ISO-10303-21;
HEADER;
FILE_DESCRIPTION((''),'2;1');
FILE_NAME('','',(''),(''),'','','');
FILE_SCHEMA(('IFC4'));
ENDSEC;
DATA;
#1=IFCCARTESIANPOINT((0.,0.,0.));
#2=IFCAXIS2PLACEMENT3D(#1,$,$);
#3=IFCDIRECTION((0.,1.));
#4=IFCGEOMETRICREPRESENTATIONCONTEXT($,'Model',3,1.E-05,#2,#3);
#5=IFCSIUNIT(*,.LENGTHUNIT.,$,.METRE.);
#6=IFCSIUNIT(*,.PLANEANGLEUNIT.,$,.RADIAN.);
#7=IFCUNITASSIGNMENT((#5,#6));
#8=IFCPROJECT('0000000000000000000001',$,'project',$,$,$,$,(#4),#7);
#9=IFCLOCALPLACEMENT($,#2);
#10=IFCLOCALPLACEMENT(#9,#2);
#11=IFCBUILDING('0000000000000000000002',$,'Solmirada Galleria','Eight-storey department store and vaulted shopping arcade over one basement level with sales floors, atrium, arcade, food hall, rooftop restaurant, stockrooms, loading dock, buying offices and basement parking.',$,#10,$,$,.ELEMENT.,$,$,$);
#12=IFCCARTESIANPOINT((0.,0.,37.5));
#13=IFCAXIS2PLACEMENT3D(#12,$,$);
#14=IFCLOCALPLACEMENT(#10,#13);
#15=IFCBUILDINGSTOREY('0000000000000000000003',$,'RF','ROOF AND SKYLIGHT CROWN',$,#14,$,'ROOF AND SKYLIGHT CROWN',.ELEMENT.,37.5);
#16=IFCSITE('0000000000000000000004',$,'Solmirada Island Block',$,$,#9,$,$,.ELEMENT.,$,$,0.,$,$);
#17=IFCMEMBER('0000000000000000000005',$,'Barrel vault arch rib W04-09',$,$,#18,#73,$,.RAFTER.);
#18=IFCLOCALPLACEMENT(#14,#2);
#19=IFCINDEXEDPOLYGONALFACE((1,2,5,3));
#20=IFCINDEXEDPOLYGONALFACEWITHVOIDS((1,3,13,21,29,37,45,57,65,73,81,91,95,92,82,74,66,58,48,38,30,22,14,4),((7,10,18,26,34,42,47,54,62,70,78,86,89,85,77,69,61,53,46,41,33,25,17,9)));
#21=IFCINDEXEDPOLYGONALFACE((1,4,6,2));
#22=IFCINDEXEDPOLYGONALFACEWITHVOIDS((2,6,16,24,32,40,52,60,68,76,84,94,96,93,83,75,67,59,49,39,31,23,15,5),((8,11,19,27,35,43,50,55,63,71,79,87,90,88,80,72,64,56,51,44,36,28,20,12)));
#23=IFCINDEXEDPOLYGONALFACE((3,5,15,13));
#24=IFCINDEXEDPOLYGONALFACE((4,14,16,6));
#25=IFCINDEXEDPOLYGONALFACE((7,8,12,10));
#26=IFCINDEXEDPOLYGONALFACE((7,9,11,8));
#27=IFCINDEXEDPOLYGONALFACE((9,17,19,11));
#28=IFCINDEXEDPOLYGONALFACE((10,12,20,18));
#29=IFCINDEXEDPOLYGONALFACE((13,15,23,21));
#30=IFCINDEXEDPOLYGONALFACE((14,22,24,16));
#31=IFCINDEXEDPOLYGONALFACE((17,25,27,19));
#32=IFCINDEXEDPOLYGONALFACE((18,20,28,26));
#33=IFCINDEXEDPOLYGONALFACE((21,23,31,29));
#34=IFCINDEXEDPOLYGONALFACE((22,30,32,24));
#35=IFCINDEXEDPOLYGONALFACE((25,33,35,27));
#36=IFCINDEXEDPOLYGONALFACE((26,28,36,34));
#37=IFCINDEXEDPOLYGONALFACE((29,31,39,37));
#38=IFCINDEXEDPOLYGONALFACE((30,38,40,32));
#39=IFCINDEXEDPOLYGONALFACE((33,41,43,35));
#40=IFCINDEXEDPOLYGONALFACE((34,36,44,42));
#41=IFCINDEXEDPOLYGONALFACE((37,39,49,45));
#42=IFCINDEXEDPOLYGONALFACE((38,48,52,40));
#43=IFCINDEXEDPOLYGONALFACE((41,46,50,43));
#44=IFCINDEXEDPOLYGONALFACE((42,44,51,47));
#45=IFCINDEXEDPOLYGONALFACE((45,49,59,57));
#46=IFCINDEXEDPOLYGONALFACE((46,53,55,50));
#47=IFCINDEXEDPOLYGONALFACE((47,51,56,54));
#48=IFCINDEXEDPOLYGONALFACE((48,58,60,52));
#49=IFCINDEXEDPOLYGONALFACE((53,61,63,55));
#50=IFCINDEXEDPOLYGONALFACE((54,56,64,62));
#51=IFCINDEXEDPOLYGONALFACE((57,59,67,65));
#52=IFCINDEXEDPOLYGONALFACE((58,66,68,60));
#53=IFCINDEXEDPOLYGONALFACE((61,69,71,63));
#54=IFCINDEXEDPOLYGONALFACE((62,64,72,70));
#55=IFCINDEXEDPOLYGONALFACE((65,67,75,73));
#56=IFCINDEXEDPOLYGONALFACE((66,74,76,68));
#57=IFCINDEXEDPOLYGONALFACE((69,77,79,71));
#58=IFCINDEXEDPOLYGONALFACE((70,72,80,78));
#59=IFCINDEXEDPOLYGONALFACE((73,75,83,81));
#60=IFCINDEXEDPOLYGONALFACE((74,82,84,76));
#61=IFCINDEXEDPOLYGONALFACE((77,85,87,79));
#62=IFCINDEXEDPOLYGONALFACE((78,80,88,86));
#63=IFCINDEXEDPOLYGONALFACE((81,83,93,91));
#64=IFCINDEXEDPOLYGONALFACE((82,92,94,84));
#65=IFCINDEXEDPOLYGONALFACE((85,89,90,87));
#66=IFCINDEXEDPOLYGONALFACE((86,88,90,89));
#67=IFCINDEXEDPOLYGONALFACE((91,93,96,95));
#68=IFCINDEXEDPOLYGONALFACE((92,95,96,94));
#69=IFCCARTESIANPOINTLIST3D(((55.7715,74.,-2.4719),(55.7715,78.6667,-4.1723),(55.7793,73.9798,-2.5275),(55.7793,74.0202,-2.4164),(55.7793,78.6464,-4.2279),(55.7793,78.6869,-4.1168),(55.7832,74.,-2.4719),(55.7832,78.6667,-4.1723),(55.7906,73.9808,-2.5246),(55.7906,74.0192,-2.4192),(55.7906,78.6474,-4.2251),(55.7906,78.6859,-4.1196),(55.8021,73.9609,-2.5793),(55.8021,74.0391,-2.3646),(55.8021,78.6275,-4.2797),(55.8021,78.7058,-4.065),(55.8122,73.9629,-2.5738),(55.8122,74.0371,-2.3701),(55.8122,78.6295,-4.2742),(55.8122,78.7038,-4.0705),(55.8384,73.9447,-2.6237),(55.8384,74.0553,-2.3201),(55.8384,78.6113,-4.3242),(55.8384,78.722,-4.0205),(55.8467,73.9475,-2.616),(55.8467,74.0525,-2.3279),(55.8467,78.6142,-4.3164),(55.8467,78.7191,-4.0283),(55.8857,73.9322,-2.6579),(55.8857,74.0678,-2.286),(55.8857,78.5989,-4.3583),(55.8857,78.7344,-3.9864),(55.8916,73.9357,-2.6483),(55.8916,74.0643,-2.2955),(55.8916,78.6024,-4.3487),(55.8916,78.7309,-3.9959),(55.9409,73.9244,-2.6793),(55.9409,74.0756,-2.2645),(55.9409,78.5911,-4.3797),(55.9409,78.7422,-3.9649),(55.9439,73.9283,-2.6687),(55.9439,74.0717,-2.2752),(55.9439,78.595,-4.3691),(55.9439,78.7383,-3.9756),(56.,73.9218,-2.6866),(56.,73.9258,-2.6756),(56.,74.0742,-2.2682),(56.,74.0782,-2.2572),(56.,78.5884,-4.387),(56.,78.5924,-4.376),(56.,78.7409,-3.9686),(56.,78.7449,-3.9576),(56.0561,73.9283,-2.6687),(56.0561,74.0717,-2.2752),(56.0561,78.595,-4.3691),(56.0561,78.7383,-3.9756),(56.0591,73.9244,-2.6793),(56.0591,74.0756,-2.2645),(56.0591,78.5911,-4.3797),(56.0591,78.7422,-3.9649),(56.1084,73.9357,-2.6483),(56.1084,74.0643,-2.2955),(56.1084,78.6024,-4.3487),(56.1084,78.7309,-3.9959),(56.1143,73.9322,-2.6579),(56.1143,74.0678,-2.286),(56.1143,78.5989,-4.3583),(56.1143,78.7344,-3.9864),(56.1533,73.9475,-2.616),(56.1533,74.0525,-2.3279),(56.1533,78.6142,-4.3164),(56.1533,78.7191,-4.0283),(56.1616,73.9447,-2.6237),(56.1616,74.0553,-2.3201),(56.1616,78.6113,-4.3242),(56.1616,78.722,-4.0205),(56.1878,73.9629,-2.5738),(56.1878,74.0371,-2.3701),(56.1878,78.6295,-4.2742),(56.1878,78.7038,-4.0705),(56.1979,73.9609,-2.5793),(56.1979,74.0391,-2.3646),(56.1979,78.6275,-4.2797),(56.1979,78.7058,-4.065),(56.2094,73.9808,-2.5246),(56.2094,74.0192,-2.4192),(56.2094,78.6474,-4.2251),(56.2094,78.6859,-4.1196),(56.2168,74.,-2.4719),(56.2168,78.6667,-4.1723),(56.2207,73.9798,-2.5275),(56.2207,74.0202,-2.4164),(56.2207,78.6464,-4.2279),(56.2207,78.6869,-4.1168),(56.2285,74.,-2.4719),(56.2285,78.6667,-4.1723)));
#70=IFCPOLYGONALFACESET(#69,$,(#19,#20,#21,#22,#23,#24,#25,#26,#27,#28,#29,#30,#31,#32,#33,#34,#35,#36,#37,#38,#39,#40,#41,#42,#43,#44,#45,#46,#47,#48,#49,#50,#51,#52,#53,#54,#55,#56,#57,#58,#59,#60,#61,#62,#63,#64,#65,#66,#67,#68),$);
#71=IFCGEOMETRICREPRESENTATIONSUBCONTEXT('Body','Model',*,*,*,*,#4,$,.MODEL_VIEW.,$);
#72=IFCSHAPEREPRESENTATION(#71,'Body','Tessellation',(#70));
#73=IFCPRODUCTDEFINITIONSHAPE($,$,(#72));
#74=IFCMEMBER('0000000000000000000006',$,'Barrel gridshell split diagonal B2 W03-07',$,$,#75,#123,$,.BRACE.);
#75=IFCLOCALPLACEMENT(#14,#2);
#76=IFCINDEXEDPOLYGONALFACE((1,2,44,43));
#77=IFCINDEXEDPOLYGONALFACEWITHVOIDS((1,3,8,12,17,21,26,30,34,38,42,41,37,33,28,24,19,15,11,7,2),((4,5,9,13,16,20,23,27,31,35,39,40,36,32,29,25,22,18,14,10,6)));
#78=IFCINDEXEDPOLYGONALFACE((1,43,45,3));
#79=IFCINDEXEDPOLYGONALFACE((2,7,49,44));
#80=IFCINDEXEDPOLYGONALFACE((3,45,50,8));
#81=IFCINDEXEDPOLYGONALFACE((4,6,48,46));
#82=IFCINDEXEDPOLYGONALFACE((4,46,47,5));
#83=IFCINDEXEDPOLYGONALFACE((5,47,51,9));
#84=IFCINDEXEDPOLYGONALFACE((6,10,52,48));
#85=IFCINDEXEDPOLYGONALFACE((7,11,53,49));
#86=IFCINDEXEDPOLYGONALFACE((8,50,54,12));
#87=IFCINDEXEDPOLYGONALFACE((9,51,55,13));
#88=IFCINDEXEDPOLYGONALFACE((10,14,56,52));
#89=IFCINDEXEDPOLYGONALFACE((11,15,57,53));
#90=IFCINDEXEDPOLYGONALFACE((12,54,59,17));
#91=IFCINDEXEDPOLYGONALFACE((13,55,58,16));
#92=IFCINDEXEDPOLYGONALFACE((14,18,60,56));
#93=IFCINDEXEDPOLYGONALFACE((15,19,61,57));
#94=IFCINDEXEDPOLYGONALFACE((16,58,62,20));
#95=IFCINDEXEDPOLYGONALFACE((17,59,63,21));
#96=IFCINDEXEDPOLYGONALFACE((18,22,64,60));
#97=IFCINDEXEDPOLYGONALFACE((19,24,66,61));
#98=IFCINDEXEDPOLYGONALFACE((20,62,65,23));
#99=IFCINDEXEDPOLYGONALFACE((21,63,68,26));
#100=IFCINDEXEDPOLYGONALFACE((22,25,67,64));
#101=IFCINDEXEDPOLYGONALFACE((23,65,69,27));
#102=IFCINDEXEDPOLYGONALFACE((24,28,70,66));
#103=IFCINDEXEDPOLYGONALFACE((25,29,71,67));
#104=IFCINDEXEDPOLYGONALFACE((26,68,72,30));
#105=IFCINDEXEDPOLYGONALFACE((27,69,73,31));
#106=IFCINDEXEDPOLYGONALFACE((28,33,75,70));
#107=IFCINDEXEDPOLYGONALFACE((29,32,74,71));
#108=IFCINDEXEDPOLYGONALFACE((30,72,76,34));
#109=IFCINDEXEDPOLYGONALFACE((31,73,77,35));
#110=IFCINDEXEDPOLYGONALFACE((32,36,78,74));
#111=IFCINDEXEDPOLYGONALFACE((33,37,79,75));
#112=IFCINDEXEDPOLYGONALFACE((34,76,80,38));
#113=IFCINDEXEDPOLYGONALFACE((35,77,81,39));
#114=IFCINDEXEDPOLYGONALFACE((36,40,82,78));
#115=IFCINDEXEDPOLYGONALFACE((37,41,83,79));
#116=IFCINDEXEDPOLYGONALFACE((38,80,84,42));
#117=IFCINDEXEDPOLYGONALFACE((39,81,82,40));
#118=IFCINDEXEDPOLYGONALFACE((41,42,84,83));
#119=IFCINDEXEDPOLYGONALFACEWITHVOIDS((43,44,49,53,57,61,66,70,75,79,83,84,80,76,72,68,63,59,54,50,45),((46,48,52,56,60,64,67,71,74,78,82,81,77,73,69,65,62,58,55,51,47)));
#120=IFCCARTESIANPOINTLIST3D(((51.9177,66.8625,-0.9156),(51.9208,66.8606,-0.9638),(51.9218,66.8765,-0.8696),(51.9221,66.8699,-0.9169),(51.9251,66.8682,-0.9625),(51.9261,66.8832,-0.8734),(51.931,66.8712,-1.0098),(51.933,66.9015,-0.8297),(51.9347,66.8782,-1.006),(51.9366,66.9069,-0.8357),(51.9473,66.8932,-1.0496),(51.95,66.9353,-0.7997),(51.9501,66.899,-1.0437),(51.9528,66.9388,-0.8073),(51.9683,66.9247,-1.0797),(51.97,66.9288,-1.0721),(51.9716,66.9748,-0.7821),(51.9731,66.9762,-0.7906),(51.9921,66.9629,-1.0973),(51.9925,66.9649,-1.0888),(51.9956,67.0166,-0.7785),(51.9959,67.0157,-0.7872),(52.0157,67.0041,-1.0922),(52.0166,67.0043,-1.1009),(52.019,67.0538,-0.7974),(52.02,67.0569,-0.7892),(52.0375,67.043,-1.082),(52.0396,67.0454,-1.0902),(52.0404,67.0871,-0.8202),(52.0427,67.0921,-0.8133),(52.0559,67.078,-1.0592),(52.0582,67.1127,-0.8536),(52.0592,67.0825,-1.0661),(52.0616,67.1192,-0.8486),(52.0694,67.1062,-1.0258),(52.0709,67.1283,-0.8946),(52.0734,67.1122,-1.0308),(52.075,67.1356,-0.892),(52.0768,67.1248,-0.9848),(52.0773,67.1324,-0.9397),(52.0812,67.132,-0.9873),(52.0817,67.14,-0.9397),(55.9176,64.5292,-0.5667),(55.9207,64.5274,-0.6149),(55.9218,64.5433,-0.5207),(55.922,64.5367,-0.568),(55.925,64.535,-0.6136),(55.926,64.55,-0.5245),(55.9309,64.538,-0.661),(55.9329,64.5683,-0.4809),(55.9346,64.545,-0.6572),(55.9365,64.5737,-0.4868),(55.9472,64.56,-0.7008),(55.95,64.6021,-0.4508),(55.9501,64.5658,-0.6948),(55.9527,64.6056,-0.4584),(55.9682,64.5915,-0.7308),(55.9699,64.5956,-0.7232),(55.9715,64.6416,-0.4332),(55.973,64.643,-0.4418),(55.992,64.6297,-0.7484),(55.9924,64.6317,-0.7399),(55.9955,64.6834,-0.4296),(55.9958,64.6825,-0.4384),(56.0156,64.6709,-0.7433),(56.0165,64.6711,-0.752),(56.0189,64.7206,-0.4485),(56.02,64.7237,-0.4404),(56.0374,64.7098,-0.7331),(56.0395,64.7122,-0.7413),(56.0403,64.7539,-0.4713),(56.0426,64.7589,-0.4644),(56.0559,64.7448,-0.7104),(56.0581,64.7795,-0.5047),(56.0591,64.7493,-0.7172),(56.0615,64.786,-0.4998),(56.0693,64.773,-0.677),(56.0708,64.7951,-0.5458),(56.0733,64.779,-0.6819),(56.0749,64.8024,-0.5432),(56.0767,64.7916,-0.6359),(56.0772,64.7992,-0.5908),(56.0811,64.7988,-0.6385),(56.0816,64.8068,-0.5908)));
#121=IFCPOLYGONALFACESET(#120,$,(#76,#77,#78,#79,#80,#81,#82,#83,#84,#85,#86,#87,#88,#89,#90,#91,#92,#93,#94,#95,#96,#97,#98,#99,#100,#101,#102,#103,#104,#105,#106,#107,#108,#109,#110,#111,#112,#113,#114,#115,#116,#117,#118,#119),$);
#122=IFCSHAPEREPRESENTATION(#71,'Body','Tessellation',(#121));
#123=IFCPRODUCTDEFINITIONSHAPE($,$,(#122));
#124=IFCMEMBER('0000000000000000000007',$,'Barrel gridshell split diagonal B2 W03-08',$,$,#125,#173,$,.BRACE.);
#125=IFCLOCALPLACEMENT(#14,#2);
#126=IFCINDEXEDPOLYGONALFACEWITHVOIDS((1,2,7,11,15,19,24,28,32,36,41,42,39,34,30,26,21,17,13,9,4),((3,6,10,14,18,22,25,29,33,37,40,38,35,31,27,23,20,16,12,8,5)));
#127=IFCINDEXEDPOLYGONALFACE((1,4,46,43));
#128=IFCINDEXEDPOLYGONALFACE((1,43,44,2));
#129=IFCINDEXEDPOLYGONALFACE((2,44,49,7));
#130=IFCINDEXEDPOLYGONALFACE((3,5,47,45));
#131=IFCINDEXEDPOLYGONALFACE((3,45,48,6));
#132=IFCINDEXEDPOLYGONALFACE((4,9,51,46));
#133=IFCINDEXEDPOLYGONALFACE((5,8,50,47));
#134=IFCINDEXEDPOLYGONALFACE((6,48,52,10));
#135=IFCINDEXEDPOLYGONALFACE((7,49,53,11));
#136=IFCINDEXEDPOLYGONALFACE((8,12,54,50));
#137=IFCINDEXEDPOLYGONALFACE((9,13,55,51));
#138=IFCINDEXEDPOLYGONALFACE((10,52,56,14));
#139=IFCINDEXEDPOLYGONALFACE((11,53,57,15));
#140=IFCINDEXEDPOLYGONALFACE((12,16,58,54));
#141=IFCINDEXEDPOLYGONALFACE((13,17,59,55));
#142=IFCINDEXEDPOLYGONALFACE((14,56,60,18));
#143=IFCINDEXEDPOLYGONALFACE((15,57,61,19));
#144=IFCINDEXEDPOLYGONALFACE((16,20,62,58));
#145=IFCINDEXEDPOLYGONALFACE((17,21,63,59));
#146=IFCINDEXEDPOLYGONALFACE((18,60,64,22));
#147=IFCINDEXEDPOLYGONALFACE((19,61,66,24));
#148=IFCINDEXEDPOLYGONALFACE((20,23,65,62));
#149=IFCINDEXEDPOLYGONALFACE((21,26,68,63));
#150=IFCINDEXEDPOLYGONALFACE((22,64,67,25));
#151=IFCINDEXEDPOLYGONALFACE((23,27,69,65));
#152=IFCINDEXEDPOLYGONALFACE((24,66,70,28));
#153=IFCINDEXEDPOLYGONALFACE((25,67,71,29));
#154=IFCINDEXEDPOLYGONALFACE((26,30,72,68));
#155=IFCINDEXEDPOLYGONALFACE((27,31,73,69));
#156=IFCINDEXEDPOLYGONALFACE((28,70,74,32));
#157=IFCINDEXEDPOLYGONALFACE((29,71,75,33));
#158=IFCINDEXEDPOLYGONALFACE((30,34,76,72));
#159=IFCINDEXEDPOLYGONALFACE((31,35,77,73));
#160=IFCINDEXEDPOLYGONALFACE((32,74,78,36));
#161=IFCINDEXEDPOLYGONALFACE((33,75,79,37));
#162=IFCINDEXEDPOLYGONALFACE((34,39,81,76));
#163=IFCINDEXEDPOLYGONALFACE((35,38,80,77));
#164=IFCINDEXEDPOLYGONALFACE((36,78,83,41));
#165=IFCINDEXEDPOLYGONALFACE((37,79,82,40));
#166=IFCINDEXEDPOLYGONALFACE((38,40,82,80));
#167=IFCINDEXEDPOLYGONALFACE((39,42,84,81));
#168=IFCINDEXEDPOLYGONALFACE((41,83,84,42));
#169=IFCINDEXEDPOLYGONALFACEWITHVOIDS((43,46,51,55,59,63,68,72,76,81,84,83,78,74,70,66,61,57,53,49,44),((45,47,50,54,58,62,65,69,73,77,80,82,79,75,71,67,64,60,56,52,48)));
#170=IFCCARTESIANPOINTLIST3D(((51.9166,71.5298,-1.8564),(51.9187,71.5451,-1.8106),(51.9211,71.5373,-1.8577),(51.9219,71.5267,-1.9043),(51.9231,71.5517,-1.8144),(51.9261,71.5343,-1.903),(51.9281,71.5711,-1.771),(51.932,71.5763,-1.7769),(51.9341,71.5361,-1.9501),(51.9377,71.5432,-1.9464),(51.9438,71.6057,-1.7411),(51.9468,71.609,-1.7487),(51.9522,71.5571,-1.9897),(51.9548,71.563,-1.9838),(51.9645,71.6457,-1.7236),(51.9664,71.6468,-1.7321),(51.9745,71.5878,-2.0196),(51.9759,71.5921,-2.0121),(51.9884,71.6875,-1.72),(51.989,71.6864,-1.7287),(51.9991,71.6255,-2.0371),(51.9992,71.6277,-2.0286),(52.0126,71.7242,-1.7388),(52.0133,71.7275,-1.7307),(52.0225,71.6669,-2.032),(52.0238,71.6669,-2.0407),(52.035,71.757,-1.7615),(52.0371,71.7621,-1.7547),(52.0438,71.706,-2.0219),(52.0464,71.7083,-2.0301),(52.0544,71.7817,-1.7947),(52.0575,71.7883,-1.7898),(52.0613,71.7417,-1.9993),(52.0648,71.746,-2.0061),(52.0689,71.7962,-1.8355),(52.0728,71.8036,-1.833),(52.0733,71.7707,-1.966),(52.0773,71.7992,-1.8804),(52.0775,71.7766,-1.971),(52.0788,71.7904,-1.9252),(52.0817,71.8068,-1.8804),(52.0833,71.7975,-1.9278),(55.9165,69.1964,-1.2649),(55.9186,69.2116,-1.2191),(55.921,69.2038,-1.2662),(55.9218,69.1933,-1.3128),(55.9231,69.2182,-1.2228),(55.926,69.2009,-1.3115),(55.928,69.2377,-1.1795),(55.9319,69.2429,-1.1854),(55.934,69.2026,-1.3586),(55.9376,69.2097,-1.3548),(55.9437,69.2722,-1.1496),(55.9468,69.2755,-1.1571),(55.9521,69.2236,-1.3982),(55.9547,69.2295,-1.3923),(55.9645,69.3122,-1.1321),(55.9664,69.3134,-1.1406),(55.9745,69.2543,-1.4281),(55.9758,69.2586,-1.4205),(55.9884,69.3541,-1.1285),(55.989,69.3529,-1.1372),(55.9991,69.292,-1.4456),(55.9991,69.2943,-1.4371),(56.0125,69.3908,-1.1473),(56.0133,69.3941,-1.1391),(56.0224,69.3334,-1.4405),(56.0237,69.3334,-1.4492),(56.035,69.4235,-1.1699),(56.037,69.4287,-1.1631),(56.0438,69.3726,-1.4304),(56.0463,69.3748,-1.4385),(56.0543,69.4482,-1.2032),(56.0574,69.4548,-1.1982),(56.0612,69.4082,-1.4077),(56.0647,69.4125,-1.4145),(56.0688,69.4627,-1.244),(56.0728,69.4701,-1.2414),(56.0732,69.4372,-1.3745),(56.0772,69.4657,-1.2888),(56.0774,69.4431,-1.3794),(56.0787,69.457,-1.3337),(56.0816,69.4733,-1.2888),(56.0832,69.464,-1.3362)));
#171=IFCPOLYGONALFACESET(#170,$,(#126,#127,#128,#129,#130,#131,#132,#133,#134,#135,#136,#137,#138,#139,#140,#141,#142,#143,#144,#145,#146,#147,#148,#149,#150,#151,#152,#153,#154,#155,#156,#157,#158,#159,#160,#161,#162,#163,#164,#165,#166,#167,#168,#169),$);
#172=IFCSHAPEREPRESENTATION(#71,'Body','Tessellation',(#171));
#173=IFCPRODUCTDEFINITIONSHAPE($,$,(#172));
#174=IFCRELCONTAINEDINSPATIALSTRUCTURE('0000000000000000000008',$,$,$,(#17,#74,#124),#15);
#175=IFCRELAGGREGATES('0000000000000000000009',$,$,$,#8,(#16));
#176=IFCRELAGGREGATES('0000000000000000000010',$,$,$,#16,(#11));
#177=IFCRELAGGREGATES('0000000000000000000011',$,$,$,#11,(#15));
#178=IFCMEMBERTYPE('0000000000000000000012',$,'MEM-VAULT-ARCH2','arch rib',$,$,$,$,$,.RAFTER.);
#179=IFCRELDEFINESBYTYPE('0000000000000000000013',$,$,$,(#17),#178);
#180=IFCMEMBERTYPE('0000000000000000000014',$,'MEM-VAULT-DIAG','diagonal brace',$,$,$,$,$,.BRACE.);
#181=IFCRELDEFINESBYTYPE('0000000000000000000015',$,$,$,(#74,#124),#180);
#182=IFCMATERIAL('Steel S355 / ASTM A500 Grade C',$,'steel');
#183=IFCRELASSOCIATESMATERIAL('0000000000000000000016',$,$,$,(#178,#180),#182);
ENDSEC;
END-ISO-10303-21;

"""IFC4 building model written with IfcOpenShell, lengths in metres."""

from ifc_helpers import new_model, si_unit, direction, frame, origin, origin_2d, place, context, subcontext, project, spatial, hollow_circle, extrude, material, material_profile, profile_set, type_object, element, save


model = new_model("IFC4")

# Units and contexts
model_context = context("Model", 3, precision=1e-05, world=origin(), true_north=direction((0.0, 1.0)))
body_context = subcontext(model_context, "Body", "Model", "MODEL_VIEW")
ifc_project = project(units=[si_unit("LENGTHUNIT", "METRE"), si_unit("PLANEANGLEUNIT", "RADIAN")], contexts=[model_context])

# Site, building, storey
site_placement = place(None, origin())
site = spatial("IfcSite", under=ifc_project, at=site_placement, Name="Solmirada Island Block", CompositionType="ELEMENT", RefElevation=0.0)
building_placement = place(site_placement, origin())
building = spatial("IfcBuilding", under=site, at=building_placement, Name="Solmirada Galleria", Description="Eight-storey department store and vaulted shopping arcade over one basement level with sales floors, atrium, arcade, food hall, rooftop restaurant, stockrooms, loading dock, buying offices and basement parking.", CompositionType="ELEMENT")
storey_placement = place(building_placement, frame((0.0, 0.0, 37.5)))
storey = spatial("IfcBuildingStorey", under=building, at=storey_placement, Name="RF", Description="ROOF AND SKYLIGHT CROWN", LongName="ROOF AND SKYLIGHT CROWN", CompositionType="ELEMENT", Elevation=37.5)

# Members
ifc_material_1 = material(Name="Steel S355 / ASTM A500 Grade C", Category="steel")
ifc_material_profile_1 = material_profile(ifc_material_1, hollow_circle(Radius=0.2285, WallThickness=0.0117, at=origin_2d()), Name="HSS18.000X0.500")
ifc_profile_set_1 = profile_set([ifc_material_profile_1], Name="Steel S355 / ASTM A500 Grade C")
member_type_1 = type_object("IfcMemberType", Name="MEM-VAULT-ARCH2", Description="arch rib", PredefinedType="RAFTER", material=ifc_profile_set_1)
member_1_placement = place(storey_placement, frame((56.0, 74.0, -2.4719), z_axis=(0.0, 0.939571, -0.342355), x_axis=(-1.0, 0.0, 0.0)))
element("IfcMember", 1, at=member_1_placement, inside=storey, type_object=member_type_1, Name="Barrel vault arch rib W04-09", PredefinedType="RAFTER", context=body_context, shape_type="SweptSolid", body=[
    extrude(hollow_circle(Radius=0.2285, WallThickness=0.0117, at=origin_2d()), origin(), (0.0, 0.0, 1.0), 4.9668),
])
ifc_material_profile_2 = material_profile(ifc_material_1, hollow_circle(Radius=0.1621, WallThickness=0.0088, at=origin_2d()), Name="HSS12.750X0.375")
ifc_profile_set_2 = profile_set([ifc_material_profile_2], Name="Steel S355 / ASTM A500 Grade C")
member_type_2 = type_object("IfcMemberType", Name="MEM-VAULT-DIAG", Description="diagonal brace", PredefinedType="BRACE", material=ifc_profile_set_2)
member_2_placement = place(storey_placement, frame((52.0, 67.0, -0.9397), z_axis=(0.861346, -0.502434, 0.075126), x_axis=(0.503858, 0.863787, 0.0)))
element("IfcMember", 2, at=member_2_placement, inside=storey, type_object=member_type_2, Name="Barrel gridshell split diagonal B2 W03-07", PredefinedType="BRACE", context=body_context, shape_type="SweptSolid", body=[
    extrude(hollow_circle(Radius=0.1621, WallThickness=0.0088, at=origin_2d()), origin(), (0.0, 0.0, 1.0), 4.6438),
])
member_3_placement = place(storey_placement, frame((52.0, 71.6667, -1.8804), z_axis=(0.856801, -0.499836, 0.126711), x_axis=(0.503897, 0.863764, 0.0)))
element("IfcMember", 3, at=member_3_placement, inside=storey, type_object=member_type_2, Name="Barrel gridshell split diagonal B2 W03-08", PredefinedType="BRACE", context=body_context, shape_type="SweptSolid", body=[
    extrude(hollow_circle(Radius=0.1621, WallThickness=0.0088, at=origin_2d()), origin(), (0.0, 0.0, 1.0), 4.6685),
])

save(model, "model.ifc")
